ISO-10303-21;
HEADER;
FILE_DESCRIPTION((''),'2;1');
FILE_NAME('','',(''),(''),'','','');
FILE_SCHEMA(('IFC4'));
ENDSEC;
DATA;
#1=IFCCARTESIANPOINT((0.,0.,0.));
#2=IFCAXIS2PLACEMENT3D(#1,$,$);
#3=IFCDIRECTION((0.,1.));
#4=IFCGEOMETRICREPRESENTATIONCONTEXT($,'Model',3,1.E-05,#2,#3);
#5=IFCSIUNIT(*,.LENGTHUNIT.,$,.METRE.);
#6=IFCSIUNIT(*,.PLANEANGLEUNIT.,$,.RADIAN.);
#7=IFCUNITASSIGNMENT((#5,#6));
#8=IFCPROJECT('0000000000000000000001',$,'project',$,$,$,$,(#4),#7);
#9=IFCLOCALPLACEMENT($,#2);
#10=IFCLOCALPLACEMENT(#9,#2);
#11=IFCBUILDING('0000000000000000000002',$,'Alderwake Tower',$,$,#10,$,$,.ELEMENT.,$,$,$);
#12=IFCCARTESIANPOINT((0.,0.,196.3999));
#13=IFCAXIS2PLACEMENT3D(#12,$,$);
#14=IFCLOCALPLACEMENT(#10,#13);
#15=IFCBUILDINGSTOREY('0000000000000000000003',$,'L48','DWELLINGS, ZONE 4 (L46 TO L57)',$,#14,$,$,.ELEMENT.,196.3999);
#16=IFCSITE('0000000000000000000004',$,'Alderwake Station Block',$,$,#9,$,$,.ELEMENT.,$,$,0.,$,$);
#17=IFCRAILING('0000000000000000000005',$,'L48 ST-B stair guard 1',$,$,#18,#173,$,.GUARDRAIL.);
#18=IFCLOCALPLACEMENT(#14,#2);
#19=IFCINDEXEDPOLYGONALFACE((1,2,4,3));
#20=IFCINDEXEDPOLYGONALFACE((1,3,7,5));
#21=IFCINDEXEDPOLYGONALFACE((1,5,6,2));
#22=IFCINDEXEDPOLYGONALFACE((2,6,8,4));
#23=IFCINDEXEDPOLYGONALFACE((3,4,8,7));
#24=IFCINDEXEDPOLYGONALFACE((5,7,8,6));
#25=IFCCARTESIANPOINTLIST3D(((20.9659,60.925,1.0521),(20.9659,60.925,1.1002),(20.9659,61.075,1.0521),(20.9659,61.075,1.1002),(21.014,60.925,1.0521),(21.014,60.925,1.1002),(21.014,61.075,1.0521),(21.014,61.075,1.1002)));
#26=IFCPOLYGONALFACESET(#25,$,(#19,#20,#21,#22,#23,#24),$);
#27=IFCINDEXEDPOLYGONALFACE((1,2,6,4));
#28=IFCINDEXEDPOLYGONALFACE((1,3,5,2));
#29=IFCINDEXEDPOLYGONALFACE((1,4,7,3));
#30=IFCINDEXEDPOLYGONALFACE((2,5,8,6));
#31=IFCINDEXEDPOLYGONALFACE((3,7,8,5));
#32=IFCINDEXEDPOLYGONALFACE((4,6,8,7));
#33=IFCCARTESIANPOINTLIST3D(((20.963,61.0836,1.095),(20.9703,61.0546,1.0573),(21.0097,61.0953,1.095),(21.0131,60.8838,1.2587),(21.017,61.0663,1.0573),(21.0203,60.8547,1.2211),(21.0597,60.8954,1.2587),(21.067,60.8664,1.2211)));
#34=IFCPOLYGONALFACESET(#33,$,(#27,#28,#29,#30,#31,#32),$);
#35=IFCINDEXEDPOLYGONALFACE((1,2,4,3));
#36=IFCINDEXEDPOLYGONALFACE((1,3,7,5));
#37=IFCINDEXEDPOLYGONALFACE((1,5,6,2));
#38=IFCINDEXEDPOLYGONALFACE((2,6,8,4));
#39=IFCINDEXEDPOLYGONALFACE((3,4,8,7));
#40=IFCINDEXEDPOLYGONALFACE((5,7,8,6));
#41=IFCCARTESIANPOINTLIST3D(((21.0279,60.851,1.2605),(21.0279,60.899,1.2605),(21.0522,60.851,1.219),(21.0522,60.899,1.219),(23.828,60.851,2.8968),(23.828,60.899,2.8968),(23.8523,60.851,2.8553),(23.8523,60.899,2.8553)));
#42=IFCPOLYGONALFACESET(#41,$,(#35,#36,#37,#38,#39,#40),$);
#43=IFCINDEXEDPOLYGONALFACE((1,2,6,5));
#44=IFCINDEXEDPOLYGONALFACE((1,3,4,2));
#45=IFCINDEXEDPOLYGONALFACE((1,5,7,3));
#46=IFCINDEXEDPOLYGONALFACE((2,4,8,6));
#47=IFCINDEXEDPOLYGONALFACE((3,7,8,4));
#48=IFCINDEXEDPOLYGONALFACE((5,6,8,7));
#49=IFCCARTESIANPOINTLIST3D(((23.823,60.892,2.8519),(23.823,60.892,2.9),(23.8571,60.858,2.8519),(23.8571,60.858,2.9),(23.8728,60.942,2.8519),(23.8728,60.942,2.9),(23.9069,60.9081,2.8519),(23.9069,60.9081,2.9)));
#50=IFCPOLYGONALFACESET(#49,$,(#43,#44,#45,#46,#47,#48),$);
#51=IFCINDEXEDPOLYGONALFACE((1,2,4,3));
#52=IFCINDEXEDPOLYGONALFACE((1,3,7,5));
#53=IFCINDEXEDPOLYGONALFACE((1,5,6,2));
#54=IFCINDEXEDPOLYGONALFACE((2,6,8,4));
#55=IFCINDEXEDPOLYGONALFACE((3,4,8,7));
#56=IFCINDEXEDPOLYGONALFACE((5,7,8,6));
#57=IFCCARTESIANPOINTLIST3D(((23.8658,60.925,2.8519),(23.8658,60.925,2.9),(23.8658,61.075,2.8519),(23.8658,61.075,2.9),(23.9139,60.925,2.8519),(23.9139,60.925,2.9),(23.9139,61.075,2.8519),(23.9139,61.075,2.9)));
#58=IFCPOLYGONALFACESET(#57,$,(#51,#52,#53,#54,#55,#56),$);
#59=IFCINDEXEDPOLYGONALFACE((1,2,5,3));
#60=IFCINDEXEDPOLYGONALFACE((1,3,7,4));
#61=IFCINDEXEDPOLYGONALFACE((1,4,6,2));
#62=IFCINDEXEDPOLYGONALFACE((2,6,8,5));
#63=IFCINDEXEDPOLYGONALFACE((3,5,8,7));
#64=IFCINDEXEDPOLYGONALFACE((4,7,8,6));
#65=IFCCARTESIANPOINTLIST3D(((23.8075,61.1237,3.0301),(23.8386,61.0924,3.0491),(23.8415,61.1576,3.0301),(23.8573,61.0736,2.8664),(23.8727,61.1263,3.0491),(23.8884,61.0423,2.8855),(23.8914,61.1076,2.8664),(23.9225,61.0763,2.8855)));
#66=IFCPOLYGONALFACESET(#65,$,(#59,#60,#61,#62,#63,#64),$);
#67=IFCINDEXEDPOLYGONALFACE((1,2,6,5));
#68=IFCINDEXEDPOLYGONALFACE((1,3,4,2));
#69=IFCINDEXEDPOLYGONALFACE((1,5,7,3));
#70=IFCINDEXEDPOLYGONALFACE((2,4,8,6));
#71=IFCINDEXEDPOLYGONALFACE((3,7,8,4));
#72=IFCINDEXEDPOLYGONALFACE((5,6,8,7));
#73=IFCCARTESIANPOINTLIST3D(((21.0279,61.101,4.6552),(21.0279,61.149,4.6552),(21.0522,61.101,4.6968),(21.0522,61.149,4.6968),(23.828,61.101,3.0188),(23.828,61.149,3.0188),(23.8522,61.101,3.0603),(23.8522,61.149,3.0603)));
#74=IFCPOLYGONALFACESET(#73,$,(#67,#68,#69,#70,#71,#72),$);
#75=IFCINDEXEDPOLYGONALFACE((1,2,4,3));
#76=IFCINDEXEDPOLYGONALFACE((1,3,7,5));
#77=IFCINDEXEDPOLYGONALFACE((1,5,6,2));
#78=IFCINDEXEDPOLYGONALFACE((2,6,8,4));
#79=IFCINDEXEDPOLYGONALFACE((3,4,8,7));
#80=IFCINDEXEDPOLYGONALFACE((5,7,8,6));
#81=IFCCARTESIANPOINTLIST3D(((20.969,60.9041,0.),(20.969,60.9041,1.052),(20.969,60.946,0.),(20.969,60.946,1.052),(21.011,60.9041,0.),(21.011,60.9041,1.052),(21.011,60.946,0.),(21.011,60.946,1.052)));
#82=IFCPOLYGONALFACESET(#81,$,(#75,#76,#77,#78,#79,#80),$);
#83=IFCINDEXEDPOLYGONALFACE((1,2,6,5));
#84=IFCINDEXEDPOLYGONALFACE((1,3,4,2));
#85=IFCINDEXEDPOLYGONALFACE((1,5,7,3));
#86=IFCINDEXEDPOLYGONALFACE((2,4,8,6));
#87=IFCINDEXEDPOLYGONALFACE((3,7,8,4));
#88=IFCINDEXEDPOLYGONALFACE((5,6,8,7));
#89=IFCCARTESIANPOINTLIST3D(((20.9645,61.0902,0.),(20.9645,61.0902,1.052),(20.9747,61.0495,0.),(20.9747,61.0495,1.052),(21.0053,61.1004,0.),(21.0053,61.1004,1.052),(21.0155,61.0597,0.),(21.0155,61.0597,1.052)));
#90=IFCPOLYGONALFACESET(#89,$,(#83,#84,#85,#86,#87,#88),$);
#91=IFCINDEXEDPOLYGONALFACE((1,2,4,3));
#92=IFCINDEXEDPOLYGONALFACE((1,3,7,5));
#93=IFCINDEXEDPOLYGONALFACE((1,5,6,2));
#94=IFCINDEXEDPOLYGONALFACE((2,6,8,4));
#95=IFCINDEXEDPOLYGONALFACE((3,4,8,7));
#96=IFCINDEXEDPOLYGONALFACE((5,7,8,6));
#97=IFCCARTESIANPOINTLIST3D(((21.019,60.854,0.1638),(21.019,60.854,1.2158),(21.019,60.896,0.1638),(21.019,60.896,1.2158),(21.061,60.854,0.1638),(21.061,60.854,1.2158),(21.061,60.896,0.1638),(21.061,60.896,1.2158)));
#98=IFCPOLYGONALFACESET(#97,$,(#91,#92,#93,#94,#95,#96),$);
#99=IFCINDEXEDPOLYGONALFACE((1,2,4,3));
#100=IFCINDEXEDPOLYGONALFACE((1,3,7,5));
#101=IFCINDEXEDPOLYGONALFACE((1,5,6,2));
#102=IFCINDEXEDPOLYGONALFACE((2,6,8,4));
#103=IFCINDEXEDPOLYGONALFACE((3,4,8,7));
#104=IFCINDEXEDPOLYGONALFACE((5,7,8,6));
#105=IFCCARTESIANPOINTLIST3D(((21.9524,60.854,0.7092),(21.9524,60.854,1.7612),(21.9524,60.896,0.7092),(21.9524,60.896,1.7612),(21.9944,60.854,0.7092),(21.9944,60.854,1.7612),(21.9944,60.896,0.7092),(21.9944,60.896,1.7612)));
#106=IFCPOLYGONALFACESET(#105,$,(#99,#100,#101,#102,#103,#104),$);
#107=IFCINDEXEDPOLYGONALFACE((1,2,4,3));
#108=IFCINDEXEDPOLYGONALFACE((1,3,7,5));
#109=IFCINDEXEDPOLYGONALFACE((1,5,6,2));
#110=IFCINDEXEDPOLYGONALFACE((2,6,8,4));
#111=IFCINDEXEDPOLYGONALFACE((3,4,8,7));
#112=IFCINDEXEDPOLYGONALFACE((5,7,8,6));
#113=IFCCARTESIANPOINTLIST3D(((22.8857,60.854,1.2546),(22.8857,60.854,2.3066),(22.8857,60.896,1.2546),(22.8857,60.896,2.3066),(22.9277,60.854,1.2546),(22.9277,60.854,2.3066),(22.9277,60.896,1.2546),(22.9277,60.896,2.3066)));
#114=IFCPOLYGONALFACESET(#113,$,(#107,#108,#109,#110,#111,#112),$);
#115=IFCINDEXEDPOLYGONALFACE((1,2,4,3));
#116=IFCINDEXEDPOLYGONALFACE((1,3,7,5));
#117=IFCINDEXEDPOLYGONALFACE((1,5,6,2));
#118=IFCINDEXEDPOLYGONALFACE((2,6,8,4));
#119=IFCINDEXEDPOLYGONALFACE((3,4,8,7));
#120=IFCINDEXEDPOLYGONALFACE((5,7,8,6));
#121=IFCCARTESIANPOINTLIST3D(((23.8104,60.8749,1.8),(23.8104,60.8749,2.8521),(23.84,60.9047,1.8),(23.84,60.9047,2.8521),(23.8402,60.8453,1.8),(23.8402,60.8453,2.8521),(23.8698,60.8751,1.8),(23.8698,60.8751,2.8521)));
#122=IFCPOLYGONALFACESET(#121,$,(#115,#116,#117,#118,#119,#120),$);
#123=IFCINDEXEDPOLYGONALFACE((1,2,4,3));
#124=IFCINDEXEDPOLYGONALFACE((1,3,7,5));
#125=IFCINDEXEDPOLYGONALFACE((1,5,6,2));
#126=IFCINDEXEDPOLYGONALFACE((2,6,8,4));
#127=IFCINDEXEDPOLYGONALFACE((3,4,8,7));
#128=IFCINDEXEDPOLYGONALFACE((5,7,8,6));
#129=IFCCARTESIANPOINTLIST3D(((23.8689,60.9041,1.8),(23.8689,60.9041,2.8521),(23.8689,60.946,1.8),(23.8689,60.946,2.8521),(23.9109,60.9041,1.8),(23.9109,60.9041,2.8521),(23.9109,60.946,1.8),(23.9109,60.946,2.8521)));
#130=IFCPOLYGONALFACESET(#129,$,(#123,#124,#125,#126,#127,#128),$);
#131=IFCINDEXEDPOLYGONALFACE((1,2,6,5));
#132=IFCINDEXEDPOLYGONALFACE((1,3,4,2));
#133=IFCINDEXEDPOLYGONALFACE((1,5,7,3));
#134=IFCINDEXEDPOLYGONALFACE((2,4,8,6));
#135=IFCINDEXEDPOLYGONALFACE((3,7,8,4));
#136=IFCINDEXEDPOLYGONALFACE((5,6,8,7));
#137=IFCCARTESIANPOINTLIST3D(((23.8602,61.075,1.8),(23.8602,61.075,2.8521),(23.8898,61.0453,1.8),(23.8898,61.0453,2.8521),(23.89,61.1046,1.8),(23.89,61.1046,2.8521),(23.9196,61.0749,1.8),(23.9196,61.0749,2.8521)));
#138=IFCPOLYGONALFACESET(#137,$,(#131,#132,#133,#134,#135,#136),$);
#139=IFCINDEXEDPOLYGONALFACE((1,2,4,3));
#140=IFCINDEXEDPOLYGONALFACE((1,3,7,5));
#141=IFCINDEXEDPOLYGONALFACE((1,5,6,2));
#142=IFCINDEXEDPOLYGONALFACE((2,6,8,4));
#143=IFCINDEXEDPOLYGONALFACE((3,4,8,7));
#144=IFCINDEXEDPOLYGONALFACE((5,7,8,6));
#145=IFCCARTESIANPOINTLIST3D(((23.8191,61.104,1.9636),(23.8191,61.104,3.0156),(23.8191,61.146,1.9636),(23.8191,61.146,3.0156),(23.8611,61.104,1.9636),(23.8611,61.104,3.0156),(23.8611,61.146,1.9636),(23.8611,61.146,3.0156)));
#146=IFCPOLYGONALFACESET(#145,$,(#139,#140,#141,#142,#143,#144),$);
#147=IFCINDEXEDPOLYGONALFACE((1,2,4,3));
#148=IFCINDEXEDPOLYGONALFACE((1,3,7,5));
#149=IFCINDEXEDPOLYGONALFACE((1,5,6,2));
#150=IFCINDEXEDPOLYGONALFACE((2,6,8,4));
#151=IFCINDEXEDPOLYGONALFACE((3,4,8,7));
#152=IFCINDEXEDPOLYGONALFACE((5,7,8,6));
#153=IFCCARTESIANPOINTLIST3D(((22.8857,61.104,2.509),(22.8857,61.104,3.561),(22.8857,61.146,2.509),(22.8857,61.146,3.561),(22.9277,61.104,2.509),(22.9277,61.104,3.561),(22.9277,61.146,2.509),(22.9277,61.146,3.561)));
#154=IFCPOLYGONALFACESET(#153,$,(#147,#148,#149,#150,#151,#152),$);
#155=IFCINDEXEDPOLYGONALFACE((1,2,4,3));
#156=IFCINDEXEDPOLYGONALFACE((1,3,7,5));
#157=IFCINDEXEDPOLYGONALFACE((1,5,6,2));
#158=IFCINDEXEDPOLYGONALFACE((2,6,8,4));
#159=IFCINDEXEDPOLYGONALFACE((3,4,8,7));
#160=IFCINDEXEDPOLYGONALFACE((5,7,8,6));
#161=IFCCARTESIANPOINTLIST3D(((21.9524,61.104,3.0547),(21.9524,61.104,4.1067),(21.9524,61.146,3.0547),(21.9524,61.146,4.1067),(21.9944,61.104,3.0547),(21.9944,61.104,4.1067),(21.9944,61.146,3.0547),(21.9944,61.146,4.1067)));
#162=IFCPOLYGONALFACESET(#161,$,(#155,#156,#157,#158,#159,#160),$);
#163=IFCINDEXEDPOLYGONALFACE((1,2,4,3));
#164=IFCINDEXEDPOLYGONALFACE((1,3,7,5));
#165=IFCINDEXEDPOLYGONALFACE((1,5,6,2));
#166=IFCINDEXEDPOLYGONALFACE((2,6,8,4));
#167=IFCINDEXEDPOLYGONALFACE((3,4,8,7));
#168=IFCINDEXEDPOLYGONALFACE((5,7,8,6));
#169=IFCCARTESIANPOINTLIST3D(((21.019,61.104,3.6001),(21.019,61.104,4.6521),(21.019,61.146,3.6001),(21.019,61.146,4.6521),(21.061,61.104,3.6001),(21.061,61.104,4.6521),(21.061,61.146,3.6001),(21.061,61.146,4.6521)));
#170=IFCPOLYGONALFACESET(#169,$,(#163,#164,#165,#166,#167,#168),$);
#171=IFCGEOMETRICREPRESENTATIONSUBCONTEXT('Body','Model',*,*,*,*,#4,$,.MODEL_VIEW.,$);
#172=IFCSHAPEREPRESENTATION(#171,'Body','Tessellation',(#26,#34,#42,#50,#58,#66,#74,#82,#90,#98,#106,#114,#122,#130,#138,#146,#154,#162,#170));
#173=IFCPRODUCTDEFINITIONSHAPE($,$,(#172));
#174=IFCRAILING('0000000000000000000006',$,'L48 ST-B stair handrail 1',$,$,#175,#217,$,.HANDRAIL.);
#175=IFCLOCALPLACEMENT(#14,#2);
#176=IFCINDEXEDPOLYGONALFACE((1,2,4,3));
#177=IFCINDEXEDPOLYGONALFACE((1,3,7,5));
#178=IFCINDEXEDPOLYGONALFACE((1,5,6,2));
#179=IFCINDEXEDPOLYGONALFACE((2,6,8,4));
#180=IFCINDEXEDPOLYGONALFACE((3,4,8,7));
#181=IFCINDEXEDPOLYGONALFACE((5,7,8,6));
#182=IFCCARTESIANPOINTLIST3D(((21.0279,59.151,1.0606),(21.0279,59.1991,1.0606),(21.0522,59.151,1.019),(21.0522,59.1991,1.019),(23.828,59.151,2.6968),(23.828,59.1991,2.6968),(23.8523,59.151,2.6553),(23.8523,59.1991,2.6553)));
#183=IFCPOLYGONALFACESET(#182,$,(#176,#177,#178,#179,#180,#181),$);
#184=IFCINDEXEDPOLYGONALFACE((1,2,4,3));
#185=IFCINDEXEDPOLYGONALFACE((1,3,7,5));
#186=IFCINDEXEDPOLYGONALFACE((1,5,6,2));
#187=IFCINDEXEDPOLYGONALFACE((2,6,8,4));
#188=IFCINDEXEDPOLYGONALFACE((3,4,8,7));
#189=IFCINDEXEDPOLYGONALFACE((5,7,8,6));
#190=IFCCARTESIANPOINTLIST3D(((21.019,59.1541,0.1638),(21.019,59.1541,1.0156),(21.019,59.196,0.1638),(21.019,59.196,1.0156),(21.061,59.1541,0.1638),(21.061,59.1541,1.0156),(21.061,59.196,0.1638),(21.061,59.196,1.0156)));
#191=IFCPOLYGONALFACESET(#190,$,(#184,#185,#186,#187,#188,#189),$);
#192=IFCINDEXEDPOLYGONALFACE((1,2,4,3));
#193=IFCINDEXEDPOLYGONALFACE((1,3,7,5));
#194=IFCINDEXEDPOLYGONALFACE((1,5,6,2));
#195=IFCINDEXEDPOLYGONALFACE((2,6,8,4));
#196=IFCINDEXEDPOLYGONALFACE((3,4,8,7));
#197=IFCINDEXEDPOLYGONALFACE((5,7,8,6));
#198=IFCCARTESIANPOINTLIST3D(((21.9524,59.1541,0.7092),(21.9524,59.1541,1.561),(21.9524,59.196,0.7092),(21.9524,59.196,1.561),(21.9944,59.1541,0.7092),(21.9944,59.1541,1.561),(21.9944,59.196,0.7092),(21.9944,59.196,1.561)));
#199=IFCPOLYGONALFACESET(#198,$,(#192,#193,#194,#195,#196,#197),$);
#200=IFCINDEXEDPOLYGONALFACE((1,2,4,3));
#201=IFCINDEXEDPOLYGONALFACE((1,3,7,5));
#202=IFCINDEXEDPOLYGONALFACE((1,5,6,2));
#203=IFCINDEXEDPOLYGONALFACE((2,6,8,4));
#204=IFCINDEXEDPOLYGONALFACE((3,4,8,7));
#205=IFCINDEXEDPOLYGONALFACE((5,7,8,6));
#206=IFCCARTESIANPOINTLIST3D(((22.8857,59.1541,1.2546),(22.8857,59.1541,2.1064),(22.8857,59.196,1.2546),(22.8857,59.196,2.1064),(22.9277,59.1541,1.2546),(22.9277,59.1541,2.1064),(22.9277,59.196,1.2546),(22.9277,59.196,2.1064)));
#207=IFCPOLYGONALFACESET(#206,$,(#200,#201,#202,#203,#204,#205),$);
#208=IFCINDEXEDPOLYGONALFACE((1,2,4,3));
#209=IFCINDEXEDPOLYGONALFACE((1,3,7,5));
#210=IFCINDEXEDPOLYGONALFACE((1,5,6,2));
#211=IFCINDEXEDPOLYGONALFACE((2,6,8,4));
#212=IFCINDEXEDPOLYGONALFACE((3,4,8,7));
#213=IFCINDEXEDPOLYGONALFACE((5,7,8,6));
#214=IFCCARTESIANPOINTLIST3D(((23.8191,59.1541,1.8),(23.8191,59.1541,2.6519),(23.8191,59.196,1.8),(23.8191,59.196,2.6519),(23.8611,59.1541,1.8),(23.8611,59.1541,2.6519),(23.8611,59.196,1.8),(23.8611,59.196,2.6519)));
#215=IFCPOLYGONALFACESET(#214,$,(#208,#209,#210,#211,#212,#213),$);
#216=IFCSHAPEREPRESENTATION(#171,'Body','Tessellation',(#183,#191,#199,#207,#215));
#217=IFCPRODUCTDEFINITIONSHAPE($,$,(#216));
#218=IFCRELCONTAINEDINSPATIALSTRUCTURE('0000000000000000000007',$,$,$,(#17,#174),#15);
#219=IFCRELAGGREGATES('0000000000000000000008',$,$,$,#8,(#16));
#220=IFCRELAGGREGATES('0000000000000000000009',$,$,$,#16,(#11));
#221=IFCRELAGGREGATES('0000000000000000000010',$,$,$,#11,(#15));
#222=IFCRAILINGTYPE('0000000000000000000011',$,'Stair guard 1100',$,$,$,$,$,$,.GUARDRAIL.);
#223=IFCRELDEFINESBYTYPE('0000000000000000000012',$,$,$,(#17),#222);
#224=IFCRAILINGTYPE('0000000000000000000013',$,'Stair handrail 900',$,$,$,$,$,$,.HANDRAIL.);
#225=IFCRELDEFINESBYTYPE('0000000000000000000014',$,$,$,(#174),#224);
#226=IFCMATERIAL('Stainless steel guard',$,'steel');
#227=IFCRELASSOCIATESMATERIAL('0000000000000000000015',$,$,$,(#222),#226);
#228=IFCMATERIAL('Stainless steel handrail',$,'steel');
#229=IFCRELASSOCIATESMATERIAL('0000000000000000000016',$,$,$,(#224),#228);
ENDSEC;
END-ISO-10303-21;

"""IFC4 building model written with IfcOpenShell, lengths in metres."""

from ifc_helpers import new_model, si_unit, direction, frame, origin, origin_with_axes, origin_2d, place, context, subcontext, project, spatial, rectangle, extrude, material, type_object, element, save


model = new_model("IFC4")

# Units and contexts
model_context = context("Model", 3, precision=1e-05, world=origin(), true_north=direction((0.0, 1.0)))
body_context = subcontext(model_context, "Body", "Model", "MODEL_VIEW")
ifc_project = project(units=[si_unit("LENGTHUNIT", "METRE"), si_unit("PLANEANGLEUNIT", "RADIAN")], contexts=[model_context])

# Site, building, storey
site_placement = place(None, origin())
site = spatial("IfcSite", under=ifc_project, at=site_placement, Name="Alderwake Station Block", CompositionType="ELEMENT", RefElevation=0.0)
building_placement = place(site_placement, origin())
building = spatial("IfcBuilding", under=site, at=building_placement, Name="Alderwake Tower", CompositionType="ELEMENT")
storey_placement = place(building_placement, frame((0.0, 0.0, 196.3999)))
storey = spatial("IfcBuildingStorey", under=building, at=storey_placement, Name="L48", Description="DWELLINGS, ZONE 4 (L46 TO L57)", CompositionType="ELEMENT", Elevation=196.3999)

# Railings
ifc_material_1 = material(Name="Stainless steel guard", Category="steel")
railing_type_1 = type_object("IfcRailingType", Name="Stair guard 1100", PredefinedType="GUARDRAIL", material=ifc_material_1)
railing_1_placement = place(storey_placement, frame((20.99, 60.925, 0.0)))
element("IfcRailing", 1, at=railing_1_placement, inside=storey, type_object=railing_type_1, Name="L48 ST-B stair guard 1", PredefinedType="GUARDRAIL", context=body_context, shape_type="SweptSolid", body=[
    extrude(rectangle(XDim=0.0481, YDim=0.0481, at=origin_2d()), frame((0.0, 0.0, 1.0762), z_axis=(0.0, 1.0, 0.0), x_axis=(-1.0, 0.0, 0.0)), (0.0, 0.0, 1.0), 0.1499),
    extrude(rectangle(XDim=0.0481, YDim=0.0481, at=origin_2d()), frame((0.0, 0.1499, 1.0762), z_axis=(0.19009, -0.759432, 0.622197), x_axis=(0.970073, 0.242814, 0.0)), (0.0, 0.0, 1.0), 0.2632),
    extrude(rectangle(XDim=0.0481, YDim=0.0481, at=origin_2d()), frame((0.05, -0.05, 1.2397), z_axis=(0.863394, 0.0, 0.504531), x_axis=(0.0, 1.0, 0.0)), (0.0, 0.0, 1.0), 3.2432),
    extrude(rectangle(XDim=0.0481, YDim=0.0481, at=origin_2d()), frame((2.8501, -0.05, 2.876), z_axis=(0.705376, 0.708834, 0.0), x_axis=(-0.708834, 0.705376, 0.0)), (0.0, 0.0, 1.0), 0.0706),
    extrude(rectangle(XDim=0.0481, YDim=0.0481, at=origin_2d()), frame((2.8999, 0.0, 2.876), z_axis=(0.0, 1.0, 0.0), x_axis=(-1.0, 0.0, 0.0)), (0.0, 0.0, 1.0), 0.1499),
    extrude(rectangle(XDim=0.0481, YDim=0.0481, at=origin_2d()), frame((2.8999, 0.1499, 2.876), z_axis=(-0.279546, 0.280917, 0.918118), x_axis=(-0.708834, -0.705376, 0.0)), (0.0, 0.0, 1.0), 0.1782),
    extrude(rectangle(XDim=0.0481, YDim=0.0481, at=origin_2d()), frame((2.8501, 0.2, 3.0396), z_axis=(-0.863361, 0.0, 0.504587), x_axis=(0.0, -1.0, 0.0)), (0.0, 0.0, 1.0), 3.2432),
    extrude(rectangle(XDim=0.042, YDim=0.042, at=origin_2d()), frame((0.0, 0.0, 0.0), z_axis=(0.0, 0.0, 1.0), x_axis=(0.0, 1.0, 0.0)), (0.0, 0.0, 1.0), 1.052),
    extrude(rectangle(XDim=0.042, YDim=0.042, at=origin_2d()), frame((0.0, 0.1499, 0.0), z_axis=(0.0, 0.0, 1.0), x_axis=(0.242814, -0.970073, 0.0)), (0.0, 0.0, 1.0), 1.052),
    extrude(rectangle(XDim=0.042, YDim=0.042, at=origin_2d()), frame((0.05, -0.05, 0.1638), z_axis=(0.0, 0.0, 1.0), x_axis=(1.0, 0.0, 0.0)), (0.0, 0.0, 1.0), 1.052),
    extrude(rectangle(XDim=0.042, YDim=0.042, at=origin_2d()), frame((0.9834, -0.05, 0.7092), z_axis=(0.0, 0.0, 1.0), x_axis=(1.0, 0.0, 0.0)), (0.0, 0.0, 1.0), 1.052),
    extrude(rectangle(XDim=0.042, YDim=0.042, at=origin_2d()), frame((1.9167, -0.05, 1.2546), z_axis=(0.0, 0.0, 1.0), x_axis=(1.0, 0.0, 0.0)), (0.0, 0.0, 1.0), 1.052),
    extrude(rectangle(XDim=0.042, YDim=0.042, at=origin_2d()), frame((2.8501, -0.05, 1.8), z_axis=(0.0, 0.0, 1.0), x_axis=(0.705376, 0.708834, 0.0)), (0.0, 0.0, 1.0), 1.052),
    extrude(rectangle(XDim=0.042, YDim=0.042, at=origin_2d()), frame((2.8999, 0.0, 1.8), z_axis=(0.0, 0.0, 1.0), x_axis=(0.0, 1.0, 0.0)), (0.0, 0.0, 1.0), 1.052),
    extrude(rectangle(XDim=0.042, YDim=0.042, at=origin_2d()), frame((2.8999, 0.1499, 1.8), z_axis=(0.0, 0.0, 1.0), x_axis=(-0.705376, 0.708834, 0.0)), (0.0, 0.0, 1.0), 1.052),
    extrude(rectangle(XDim=0.042, YDim=0.042, at=origin_2d()), frame((2.8501, 0.2, 1.9636), z_axis=(0.0, 0.0, 1.0), x_axis=(-1.0, 0.0, 0.0)), (0.0, 0.0, 1.0), 1.052),
    extrude(rectangle(XDim=0.042, YDim=0.042, at=origin_2d()), frame((1.9167, 0.2, 2.509), z_axis=(0.0, 0.0, 1.0), x_axis=(-1.0, 0.0, 0.0)), (0.0, 0.0, 1.0), 1.052),
    extrude(rectangle(XDim=0.042, YDim=0.042, at=origin_2d()), frame((0.9834, 0.2, 3.0547), z_axis=(0.0, 0.0, 1.0), x_axis=(-1.0, 0.0, 0.0)), (0.0, 0.0, 1.0), 1.052),
    extrude(rectangle(XDim=0.042, YDim=0.042, at=origin_2d()), frame((0.05, 0.2, 3.6001), z_axis=(0.0, 0.0, 1.0), x_axis=(-1.0, 0.0, 0.0)), (0.0, 0.0, 1.0), 1.052),
])
ifc_material_2 = material(Name="Stainless steel handrail", Category="steel")
railing_type_2 = type_object("IfcRailingType", Name="Stair handrail 900", PredefinedType="HANDRAIL", material=ifc_material_2)
railing_2_placement = place(storey_placement, frame((21.04, 59.175, 0.1638)))
element("IfcRailing", 2, at=railing_2_placement, inside=storey, type_object=railing_type_2, Name="L48 ST-B stair handrail 1", PredefinedType="HANDRAIL", context=body_context, shape_type="SweptSolid", body=[
    extrude(rectangle(XDim=0.0481, YDim=0.0481, at=origin_2d()), frame((0.0, 0.0, 0.876), z_axis=(0.863394, 0.0, 0.504531), x_axis=(0.0, 1.0, 0.0)), (0.0, 0.0, 1.0), 3.2432),
    extrude(rectangle(XDim=0.042, YDim=0.042, at=origin_2d()), origin_with_axes(), (0.0, 0.0, 1.0), 0.8518),
    extrude(rectangle(XDim=0.042, YDim=0.042, at=origin_2d()), frame((0.9333, 0.0, 0.5454), z_axis=(0.0, 0.0, 1.0), x_axis=(1.0, 0.0, 0.0)), (0.0, 0.0, 1.0), 0.8518),
    extrude(rectangle(XDim=0.042, YDim=0.042, at=origin_2d()), frame((1.8667, 0.0, 1.0908), z_axis=(0.0, 0.0, 1.0), x_axis=(1.0, 0.0, 0.0)), (0.0, 0.0, 1.0), 0.8518),
    extrude(rectangle(XDim=0.042, YDim=0.042, at=origin_2d()), frame((2.8, 0.0, 1.6362), z_axis=(0.0, 0.0, 1.0), x_axis=(1.0, 0.0, 0.0)), (0.0, 0.0, 1.0), 0.8518),
])

save(model, "model.ifc")
